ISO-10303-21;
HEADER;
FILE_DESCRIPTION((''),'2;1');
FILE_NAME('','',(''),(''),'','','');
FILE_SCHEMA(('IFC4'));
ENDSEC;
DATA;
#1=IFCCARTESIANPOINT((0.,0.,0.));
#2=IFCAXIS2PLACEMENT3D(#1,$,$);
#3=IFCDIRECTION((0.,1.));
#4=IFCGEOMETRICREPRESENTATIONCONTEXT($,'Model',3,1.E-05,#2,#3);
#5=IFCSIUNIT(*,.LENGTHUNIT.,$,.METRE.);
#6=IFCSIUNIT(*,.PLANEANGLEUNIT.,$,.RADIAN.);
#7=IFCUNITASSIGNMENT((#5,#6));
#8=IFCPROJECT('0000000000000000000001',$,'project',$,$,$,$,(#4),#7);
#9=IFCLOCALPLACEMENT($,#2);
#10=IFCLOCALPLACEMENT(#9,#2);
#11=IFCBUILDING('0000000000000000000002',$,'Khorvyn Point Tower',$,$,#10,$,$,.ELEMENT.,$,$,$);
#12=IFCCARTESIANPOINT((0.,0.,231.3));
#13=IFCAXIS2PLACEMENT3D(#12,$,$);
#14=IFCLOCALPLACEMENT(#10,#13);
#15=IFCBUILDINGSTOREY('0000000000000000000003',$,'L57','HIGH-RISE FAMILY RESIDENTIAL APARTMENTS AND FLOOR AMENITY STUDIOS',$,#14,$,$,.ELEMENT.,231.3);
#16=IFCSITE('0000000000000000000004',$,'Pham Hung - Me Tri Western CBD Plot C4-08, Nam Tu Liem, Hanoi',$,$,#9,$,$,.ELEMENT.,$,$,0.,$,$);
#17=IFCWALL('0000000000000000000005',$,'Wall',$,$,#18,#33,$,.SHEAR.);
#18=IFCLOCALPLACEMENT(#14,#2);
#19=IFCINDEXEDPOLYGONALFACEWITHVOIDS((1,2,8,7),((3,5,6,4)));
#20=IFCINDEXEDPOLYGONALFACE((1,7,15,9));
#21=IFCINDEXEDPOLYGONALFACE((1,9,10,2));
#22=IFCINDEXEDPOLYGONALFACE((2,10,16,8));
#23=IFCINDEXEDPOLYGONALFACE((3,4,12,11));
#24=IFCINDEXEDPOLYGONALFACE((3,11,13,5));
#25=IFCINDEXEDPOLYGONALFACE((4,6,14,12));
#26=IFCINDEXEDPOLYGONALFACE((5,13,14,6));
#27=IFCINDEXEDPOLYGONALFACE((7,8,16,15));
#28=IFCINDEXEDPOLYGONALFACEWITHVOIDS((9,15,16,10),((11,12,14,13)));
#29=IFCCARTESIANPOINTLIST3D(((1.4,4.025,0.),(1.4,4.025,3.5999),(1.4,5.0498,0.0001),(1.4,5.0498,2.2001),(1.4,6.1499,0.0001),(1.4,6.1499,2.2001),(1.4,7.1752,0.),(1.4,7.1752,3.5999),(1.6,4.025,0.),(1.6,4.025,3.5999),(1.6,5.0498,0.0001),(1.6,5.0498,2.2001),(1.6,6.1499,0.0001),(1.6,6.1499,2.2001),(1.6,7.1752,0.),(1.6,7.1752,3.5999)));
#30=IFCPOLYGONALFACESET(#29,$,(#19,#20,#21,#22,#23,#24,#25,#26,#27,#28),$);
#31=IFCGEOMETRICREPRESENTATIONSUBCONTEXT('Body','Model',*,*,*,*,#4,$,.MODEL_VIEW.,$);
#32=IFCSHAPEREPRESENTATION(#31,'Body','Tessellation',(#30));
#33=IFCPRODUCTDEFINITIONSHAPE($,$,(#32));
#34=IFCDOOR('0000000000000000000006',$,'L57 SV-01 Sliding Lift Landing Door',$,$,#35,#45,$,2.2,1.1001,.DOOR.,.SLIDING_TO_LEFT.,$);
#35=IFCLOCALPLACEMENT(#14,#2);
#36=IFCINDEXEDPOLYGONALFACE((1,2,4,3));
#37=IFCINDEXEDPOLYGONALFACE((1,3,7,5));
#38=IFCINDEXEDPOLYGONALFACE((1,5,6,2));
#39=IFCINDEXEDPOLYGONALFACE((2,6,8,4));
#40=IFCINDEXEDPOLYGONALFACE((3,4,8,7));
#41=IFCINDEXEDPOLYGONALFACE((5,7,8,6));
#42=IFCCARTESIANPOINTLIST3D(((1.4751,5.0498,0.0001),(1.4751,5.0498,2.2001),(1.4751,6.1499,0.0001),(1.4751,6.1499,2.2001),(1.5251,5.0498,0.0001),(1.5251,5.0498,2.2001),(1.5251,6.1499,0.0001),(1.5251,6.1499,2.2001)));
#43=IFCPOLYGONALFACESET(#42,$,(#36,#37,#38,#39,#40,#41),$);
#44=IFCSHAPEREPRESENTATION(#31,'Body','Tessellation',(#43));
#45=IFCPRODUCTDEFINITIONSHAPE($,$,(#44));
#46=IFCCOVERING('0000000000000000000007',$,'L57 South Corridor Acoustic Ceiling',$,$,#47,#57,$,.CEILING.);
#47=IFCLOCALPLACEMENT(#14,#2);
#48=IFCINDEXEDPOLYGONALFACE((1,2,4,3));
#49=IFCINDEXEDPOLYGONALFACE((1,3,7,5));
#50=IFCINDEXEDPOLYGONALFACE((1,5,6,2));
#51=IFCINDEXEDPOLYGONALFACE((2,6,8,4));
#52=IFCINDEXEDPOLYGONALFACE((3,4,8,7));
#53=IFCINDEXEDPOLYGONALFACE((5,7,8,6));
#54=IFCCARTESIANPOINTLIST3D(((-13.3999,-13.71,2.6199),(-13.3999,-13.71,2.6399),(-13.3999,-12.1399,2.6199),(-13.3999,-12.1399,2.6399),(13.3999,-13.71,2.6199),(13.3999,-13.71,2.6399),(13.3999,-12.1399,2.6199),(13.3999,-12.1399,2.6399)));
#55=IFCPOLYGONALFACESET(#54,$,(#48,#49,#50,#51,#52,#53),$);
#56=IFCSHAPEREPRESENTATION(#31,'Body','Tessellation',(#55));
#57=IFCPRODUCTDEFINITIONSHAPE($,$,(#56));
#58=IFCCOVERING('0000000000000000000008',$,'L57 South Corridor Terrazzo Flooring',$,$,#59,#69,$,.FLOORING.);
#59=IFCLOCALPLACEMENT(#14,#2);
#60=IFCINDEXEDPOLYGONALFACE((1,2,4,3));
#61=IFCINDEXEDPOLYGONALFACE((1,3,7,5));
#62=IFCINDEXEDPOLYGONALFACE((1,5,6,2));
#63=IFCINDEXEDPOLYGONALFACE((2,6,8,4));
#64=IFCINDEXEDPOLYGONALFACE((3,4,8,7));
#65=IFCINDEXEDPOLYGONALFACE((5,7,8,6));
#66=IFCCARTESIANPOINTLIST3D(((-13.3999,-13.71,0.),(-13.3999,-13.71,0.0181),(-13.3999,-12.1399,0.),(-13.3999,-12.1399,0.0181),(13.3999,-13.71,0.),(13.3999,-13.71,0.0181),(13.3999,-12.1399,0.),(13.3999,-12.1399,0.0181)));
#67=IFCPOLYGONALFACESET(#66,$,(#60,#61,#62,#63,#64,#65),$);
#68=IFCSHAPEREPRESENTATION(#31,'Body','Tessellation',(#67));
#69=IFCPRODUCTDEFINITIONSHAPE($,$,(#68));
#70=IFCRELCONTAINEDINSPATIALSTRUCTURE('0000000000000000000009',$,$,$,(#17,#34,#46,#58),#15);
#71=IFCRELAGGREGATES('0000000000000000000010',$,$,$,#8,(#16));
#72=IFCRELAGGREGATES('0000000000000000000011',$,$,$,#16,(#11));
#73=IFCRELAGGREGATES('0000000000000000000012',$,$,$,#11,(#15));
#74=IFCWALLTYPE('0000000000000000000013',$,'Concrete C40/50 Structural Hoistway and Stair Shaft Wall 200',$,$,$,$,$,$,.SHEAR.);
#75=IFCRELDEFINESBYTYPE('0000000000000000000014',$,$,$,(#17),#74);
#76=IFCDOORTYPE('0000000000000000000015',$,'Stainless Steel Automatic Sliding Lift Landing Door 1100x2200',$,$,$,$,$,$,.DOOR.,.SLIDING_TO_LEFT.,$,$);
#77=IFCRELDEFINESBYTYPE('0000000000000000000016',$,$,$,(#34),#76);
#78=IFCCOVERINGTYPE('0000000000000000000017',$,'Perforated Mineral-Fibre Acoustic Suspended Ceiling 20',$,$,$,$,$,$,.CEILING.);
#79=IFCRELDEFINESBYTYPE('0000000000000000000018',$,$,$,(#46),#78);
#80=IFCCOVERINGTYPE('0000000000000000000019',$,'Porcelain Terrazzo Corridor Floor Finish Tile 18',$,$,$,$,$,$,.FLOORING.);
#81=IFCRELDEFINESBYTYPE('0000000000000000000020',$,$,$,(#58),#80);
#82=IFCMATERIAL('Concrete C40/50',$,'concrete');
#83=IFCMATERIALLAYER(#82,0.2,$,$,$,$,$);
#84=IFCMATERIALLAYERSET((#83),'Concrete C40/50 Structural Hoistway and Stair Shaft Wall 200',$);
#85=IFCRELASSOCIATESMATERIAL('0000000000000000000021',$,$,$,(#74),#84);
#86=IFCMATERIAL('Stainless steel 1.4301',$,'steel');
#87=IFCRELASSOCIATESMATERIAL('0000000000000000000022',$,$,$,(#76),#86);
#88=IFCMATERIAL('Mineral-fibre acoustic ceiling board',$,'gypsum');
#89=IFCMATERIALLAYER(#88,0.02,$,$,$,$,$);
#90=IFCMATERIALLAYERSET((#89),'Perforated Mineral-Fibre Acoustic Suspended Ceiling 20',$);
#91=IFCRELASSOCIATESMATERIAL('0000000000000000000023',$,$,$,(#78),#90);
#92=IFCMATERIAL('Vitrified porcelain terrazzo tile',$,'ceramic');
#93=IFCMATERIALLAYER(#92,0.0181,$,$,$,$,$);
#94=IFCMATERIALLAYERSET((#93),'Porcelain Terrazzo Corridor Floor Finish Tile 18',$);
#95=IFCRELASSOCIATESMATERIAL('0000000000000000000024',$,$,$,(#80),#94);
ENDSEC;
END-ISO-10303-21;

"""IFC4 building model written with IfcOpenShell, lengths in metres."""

from ifc_helpers import new_model, si_unit, direction, frame, frame_2d, origin, place, context, subcontext, project, spatial, polyline, rectangle, outline, extrude, material, layer, layer_set, type_object, element, fill, save


model = new_model("IFC4")

# Units and contexts
model_context = context("Model", 3, precision=1e-05, world=origin(), true_north=direction((0.0, 1.0)))
body_context = subcontext(model_context, "Body", "Model", "MODEL_VIEW")
ifc_project = project(units=[si_unit("LENGTHUNIT", "METRE"), si_unit("PLANEANGLEUNIT", "RADIAN")], contexts=[model_context])

# Site, building, storey
site_placement = place(None, origin())
site = spatial("IfcSite", under=ifc_project, at=site_placement, Name="Pham Hung - Me Tri Western CBD Plot C4-08, Nam Tu Liem, Hanoi", CompositionType="ELEMENT", RefElevation=0.0)
building_placement = place(site_placement, origin())
building = spatial("IfcBuilding", under=site, at=building_placement, Name="Khorvyn Point Tower", CompositionType="ELEMENT")
storey_placement = place(building_placement, frame((0.0, 0.0, 231.3)))
storey = spatial("IfcBuildingStorey", under=building, at=storey_placement, Name="L57", Description="HIGH-RISE FAMILY RESIDENTIAL APARTMENTS AND FLOOR AMENITY STUDIOS", CompositionType="ELEMENT", Elevation=231.3)

# Shared definitions
ifc_material_1 = material(Name="Concrete C40/50", Category="concrete")

# Shared definitions
ifc_layer_1 = layer(ifc_material_1, 0.2)
ifc_layer_set_1 = layer_set([ifc_layer_1], Name="Concrete C40/50 Structural Hoistway and Stair Shaft Wall 200")
wall_type_1 = type_object("IfcWallType", Name="Concrete C40/50 Structural Hoistway and Stair Shaft Wall 200", PredefinedType="SHEAR", material=ifc_layer_set_1)

# Shared definitions
ifc_material_2 = material(Name="Stainless steel 1.4301", Category="steel")
door_type = type_object("IfcDoorType", Name="Stainless Steel Automatic Sliding Lift Landing Door 1100x2200", OperationType="SLIDING_TO_LEFT", PredefinedType="DOOR", material=ifc_material_2)

# Wall, opening, door
wall_1_placement = place(storey_placement, frame((1.5, 4.0249, 0.0), z_axis=(0.0, 0.0, 1.0), x_axis=(0.0, 1.0, 0.0)))
wall_1 = element("IfcWall", 1, at=wall_1_placement, inside=storey, type_object=wall_type_1, Name="Wall", PredefinedType="SHEAR", context=body_context, shape_type="SweptSolid", body=[
    extrude(rectangle(XDim=3.1501, YDim=0.2, at=frame_2d((1.5752, 0.0))), origin(), (0.0, 0.0, 1.0), 3.5999),
])
opening_1_placement = place(wall_1_placement, frame((1.0249, 0.0, 0.0)))
opening_1 = element("IfcOpeningElement", 2, at=opening_1_placement, cuts=wall_1, PredefinedType="OPENING", context=body_context, shape_type="SweptSolid", body=[
    extrude(rectangle(XDim=1.1001, YDim=2.2, at=frame_2d((0.55, 1.1001))), frame((0.0, 0.1099, 0.0), z_axis=(0.0, -1.0, 0.0), x_axis=(1.0, 0.0, 0.0)), (0.0, 0.0, 1.0), 0.22),
])
door_1_placement = place(opening_1_placement, origin())
door_1 = element("IfcDoor", 3, at=door_1_placement, inside=storey, type_object=door_type, Name="L57 SV-01 Sliding Lift Landing Door", OperationType="SLIDING_TO_LEFT", OverallHeight=2.2, OverallWidth=1.1001, PredefinedType="DOOR", context=body_context, shape_type="SweptSolid", body=[
    extrude(rectangle(XDim=1.1001, YDim=2.2, at=frame_2d((0.55, 1.1001))), frame((0.0, 0.0249, 0.0), z_axis=(0.0, -1.0, 0.0), x_axis=(1.0, 0.0, 0.0)), (0.0, 0.0, 1.0), 0.05),
])
fill(opening_1, door_1)

# Coverings
ifc_material_3 = material(Name="Mineral-fibre acoustic ceiling board", Category="gypsum")
ifc_layer_2 = layer(ifc_material_3, 0.02)
ifc_layer_set_2 = layer_set([ifc_layer_2], Name="Perforated Mineral-Fibre Acoustic Suspended Ceiling 20")
covering_type_1 = type_object("IfcCoveringType", Name="Perforated Mineral-Fibre Acoustic Suspended Ceiling 20", PredefinedType="CEILING", material=ifc_layer_set_2)
covering_1_placement = place(storey_placement, frame((0.0, 0.0, 2.6199)))
element("IfcCovering", 4, at=covering_1_placement, inside=storey, type_object=covering_type_1, Name="L57 South Corridor Acoustic Ceiling", PredefinedType="CEILING", context=body_context, shape_type="SweptSolid", body=[
    extrude(outline(polyline([(-13.3999, -13.71), (13.3999, -13.71), (13.3999, -12.1399), (-13.3999, -12.1399), (-13.3999, -13.71)])), origin(), (0.0, 0.0, 1.0), 0.02),
])
ifc_material_4 = material(Name="Vitrified porcelain terrazzo tile", Category="ceramic")
ifc_layer_3 = layer(ifc_material_4, 0.0181)
ifc_layer_set_3 = layer_set([ifc_layer_3], Name="Porcelain Terrazzo Corridor Floor Finish Tile 18")
covering_type_2 = type_object("IfcCoveringType", Name="Porcelain Terrazzo Corridor Floor Finish Tile 18", PredefinedType="FLOORING", material=ifc_layer_set_3)
covering_2_placement = place(storey_placement, origin())
element("IfcCovering", 5, at=covering_2_placement, inside=storey, type_object=covering_type_2, Name="L57 South Corridor Terrazzo Flooring", PredefinedType="FLOORING", context=body_context, shape_type="SweptSolid", body=[
    extrude(outline(polyline([(-13.3999, -13.71), (13.3999, -13.71), (13.3999, -12.1399), (-13.3999, -12.1399), (-13.3999, -13.71)])), origin(), (0.0, 0.0, 1.0), 0.0181),
])

save(model, "model.ifc")
